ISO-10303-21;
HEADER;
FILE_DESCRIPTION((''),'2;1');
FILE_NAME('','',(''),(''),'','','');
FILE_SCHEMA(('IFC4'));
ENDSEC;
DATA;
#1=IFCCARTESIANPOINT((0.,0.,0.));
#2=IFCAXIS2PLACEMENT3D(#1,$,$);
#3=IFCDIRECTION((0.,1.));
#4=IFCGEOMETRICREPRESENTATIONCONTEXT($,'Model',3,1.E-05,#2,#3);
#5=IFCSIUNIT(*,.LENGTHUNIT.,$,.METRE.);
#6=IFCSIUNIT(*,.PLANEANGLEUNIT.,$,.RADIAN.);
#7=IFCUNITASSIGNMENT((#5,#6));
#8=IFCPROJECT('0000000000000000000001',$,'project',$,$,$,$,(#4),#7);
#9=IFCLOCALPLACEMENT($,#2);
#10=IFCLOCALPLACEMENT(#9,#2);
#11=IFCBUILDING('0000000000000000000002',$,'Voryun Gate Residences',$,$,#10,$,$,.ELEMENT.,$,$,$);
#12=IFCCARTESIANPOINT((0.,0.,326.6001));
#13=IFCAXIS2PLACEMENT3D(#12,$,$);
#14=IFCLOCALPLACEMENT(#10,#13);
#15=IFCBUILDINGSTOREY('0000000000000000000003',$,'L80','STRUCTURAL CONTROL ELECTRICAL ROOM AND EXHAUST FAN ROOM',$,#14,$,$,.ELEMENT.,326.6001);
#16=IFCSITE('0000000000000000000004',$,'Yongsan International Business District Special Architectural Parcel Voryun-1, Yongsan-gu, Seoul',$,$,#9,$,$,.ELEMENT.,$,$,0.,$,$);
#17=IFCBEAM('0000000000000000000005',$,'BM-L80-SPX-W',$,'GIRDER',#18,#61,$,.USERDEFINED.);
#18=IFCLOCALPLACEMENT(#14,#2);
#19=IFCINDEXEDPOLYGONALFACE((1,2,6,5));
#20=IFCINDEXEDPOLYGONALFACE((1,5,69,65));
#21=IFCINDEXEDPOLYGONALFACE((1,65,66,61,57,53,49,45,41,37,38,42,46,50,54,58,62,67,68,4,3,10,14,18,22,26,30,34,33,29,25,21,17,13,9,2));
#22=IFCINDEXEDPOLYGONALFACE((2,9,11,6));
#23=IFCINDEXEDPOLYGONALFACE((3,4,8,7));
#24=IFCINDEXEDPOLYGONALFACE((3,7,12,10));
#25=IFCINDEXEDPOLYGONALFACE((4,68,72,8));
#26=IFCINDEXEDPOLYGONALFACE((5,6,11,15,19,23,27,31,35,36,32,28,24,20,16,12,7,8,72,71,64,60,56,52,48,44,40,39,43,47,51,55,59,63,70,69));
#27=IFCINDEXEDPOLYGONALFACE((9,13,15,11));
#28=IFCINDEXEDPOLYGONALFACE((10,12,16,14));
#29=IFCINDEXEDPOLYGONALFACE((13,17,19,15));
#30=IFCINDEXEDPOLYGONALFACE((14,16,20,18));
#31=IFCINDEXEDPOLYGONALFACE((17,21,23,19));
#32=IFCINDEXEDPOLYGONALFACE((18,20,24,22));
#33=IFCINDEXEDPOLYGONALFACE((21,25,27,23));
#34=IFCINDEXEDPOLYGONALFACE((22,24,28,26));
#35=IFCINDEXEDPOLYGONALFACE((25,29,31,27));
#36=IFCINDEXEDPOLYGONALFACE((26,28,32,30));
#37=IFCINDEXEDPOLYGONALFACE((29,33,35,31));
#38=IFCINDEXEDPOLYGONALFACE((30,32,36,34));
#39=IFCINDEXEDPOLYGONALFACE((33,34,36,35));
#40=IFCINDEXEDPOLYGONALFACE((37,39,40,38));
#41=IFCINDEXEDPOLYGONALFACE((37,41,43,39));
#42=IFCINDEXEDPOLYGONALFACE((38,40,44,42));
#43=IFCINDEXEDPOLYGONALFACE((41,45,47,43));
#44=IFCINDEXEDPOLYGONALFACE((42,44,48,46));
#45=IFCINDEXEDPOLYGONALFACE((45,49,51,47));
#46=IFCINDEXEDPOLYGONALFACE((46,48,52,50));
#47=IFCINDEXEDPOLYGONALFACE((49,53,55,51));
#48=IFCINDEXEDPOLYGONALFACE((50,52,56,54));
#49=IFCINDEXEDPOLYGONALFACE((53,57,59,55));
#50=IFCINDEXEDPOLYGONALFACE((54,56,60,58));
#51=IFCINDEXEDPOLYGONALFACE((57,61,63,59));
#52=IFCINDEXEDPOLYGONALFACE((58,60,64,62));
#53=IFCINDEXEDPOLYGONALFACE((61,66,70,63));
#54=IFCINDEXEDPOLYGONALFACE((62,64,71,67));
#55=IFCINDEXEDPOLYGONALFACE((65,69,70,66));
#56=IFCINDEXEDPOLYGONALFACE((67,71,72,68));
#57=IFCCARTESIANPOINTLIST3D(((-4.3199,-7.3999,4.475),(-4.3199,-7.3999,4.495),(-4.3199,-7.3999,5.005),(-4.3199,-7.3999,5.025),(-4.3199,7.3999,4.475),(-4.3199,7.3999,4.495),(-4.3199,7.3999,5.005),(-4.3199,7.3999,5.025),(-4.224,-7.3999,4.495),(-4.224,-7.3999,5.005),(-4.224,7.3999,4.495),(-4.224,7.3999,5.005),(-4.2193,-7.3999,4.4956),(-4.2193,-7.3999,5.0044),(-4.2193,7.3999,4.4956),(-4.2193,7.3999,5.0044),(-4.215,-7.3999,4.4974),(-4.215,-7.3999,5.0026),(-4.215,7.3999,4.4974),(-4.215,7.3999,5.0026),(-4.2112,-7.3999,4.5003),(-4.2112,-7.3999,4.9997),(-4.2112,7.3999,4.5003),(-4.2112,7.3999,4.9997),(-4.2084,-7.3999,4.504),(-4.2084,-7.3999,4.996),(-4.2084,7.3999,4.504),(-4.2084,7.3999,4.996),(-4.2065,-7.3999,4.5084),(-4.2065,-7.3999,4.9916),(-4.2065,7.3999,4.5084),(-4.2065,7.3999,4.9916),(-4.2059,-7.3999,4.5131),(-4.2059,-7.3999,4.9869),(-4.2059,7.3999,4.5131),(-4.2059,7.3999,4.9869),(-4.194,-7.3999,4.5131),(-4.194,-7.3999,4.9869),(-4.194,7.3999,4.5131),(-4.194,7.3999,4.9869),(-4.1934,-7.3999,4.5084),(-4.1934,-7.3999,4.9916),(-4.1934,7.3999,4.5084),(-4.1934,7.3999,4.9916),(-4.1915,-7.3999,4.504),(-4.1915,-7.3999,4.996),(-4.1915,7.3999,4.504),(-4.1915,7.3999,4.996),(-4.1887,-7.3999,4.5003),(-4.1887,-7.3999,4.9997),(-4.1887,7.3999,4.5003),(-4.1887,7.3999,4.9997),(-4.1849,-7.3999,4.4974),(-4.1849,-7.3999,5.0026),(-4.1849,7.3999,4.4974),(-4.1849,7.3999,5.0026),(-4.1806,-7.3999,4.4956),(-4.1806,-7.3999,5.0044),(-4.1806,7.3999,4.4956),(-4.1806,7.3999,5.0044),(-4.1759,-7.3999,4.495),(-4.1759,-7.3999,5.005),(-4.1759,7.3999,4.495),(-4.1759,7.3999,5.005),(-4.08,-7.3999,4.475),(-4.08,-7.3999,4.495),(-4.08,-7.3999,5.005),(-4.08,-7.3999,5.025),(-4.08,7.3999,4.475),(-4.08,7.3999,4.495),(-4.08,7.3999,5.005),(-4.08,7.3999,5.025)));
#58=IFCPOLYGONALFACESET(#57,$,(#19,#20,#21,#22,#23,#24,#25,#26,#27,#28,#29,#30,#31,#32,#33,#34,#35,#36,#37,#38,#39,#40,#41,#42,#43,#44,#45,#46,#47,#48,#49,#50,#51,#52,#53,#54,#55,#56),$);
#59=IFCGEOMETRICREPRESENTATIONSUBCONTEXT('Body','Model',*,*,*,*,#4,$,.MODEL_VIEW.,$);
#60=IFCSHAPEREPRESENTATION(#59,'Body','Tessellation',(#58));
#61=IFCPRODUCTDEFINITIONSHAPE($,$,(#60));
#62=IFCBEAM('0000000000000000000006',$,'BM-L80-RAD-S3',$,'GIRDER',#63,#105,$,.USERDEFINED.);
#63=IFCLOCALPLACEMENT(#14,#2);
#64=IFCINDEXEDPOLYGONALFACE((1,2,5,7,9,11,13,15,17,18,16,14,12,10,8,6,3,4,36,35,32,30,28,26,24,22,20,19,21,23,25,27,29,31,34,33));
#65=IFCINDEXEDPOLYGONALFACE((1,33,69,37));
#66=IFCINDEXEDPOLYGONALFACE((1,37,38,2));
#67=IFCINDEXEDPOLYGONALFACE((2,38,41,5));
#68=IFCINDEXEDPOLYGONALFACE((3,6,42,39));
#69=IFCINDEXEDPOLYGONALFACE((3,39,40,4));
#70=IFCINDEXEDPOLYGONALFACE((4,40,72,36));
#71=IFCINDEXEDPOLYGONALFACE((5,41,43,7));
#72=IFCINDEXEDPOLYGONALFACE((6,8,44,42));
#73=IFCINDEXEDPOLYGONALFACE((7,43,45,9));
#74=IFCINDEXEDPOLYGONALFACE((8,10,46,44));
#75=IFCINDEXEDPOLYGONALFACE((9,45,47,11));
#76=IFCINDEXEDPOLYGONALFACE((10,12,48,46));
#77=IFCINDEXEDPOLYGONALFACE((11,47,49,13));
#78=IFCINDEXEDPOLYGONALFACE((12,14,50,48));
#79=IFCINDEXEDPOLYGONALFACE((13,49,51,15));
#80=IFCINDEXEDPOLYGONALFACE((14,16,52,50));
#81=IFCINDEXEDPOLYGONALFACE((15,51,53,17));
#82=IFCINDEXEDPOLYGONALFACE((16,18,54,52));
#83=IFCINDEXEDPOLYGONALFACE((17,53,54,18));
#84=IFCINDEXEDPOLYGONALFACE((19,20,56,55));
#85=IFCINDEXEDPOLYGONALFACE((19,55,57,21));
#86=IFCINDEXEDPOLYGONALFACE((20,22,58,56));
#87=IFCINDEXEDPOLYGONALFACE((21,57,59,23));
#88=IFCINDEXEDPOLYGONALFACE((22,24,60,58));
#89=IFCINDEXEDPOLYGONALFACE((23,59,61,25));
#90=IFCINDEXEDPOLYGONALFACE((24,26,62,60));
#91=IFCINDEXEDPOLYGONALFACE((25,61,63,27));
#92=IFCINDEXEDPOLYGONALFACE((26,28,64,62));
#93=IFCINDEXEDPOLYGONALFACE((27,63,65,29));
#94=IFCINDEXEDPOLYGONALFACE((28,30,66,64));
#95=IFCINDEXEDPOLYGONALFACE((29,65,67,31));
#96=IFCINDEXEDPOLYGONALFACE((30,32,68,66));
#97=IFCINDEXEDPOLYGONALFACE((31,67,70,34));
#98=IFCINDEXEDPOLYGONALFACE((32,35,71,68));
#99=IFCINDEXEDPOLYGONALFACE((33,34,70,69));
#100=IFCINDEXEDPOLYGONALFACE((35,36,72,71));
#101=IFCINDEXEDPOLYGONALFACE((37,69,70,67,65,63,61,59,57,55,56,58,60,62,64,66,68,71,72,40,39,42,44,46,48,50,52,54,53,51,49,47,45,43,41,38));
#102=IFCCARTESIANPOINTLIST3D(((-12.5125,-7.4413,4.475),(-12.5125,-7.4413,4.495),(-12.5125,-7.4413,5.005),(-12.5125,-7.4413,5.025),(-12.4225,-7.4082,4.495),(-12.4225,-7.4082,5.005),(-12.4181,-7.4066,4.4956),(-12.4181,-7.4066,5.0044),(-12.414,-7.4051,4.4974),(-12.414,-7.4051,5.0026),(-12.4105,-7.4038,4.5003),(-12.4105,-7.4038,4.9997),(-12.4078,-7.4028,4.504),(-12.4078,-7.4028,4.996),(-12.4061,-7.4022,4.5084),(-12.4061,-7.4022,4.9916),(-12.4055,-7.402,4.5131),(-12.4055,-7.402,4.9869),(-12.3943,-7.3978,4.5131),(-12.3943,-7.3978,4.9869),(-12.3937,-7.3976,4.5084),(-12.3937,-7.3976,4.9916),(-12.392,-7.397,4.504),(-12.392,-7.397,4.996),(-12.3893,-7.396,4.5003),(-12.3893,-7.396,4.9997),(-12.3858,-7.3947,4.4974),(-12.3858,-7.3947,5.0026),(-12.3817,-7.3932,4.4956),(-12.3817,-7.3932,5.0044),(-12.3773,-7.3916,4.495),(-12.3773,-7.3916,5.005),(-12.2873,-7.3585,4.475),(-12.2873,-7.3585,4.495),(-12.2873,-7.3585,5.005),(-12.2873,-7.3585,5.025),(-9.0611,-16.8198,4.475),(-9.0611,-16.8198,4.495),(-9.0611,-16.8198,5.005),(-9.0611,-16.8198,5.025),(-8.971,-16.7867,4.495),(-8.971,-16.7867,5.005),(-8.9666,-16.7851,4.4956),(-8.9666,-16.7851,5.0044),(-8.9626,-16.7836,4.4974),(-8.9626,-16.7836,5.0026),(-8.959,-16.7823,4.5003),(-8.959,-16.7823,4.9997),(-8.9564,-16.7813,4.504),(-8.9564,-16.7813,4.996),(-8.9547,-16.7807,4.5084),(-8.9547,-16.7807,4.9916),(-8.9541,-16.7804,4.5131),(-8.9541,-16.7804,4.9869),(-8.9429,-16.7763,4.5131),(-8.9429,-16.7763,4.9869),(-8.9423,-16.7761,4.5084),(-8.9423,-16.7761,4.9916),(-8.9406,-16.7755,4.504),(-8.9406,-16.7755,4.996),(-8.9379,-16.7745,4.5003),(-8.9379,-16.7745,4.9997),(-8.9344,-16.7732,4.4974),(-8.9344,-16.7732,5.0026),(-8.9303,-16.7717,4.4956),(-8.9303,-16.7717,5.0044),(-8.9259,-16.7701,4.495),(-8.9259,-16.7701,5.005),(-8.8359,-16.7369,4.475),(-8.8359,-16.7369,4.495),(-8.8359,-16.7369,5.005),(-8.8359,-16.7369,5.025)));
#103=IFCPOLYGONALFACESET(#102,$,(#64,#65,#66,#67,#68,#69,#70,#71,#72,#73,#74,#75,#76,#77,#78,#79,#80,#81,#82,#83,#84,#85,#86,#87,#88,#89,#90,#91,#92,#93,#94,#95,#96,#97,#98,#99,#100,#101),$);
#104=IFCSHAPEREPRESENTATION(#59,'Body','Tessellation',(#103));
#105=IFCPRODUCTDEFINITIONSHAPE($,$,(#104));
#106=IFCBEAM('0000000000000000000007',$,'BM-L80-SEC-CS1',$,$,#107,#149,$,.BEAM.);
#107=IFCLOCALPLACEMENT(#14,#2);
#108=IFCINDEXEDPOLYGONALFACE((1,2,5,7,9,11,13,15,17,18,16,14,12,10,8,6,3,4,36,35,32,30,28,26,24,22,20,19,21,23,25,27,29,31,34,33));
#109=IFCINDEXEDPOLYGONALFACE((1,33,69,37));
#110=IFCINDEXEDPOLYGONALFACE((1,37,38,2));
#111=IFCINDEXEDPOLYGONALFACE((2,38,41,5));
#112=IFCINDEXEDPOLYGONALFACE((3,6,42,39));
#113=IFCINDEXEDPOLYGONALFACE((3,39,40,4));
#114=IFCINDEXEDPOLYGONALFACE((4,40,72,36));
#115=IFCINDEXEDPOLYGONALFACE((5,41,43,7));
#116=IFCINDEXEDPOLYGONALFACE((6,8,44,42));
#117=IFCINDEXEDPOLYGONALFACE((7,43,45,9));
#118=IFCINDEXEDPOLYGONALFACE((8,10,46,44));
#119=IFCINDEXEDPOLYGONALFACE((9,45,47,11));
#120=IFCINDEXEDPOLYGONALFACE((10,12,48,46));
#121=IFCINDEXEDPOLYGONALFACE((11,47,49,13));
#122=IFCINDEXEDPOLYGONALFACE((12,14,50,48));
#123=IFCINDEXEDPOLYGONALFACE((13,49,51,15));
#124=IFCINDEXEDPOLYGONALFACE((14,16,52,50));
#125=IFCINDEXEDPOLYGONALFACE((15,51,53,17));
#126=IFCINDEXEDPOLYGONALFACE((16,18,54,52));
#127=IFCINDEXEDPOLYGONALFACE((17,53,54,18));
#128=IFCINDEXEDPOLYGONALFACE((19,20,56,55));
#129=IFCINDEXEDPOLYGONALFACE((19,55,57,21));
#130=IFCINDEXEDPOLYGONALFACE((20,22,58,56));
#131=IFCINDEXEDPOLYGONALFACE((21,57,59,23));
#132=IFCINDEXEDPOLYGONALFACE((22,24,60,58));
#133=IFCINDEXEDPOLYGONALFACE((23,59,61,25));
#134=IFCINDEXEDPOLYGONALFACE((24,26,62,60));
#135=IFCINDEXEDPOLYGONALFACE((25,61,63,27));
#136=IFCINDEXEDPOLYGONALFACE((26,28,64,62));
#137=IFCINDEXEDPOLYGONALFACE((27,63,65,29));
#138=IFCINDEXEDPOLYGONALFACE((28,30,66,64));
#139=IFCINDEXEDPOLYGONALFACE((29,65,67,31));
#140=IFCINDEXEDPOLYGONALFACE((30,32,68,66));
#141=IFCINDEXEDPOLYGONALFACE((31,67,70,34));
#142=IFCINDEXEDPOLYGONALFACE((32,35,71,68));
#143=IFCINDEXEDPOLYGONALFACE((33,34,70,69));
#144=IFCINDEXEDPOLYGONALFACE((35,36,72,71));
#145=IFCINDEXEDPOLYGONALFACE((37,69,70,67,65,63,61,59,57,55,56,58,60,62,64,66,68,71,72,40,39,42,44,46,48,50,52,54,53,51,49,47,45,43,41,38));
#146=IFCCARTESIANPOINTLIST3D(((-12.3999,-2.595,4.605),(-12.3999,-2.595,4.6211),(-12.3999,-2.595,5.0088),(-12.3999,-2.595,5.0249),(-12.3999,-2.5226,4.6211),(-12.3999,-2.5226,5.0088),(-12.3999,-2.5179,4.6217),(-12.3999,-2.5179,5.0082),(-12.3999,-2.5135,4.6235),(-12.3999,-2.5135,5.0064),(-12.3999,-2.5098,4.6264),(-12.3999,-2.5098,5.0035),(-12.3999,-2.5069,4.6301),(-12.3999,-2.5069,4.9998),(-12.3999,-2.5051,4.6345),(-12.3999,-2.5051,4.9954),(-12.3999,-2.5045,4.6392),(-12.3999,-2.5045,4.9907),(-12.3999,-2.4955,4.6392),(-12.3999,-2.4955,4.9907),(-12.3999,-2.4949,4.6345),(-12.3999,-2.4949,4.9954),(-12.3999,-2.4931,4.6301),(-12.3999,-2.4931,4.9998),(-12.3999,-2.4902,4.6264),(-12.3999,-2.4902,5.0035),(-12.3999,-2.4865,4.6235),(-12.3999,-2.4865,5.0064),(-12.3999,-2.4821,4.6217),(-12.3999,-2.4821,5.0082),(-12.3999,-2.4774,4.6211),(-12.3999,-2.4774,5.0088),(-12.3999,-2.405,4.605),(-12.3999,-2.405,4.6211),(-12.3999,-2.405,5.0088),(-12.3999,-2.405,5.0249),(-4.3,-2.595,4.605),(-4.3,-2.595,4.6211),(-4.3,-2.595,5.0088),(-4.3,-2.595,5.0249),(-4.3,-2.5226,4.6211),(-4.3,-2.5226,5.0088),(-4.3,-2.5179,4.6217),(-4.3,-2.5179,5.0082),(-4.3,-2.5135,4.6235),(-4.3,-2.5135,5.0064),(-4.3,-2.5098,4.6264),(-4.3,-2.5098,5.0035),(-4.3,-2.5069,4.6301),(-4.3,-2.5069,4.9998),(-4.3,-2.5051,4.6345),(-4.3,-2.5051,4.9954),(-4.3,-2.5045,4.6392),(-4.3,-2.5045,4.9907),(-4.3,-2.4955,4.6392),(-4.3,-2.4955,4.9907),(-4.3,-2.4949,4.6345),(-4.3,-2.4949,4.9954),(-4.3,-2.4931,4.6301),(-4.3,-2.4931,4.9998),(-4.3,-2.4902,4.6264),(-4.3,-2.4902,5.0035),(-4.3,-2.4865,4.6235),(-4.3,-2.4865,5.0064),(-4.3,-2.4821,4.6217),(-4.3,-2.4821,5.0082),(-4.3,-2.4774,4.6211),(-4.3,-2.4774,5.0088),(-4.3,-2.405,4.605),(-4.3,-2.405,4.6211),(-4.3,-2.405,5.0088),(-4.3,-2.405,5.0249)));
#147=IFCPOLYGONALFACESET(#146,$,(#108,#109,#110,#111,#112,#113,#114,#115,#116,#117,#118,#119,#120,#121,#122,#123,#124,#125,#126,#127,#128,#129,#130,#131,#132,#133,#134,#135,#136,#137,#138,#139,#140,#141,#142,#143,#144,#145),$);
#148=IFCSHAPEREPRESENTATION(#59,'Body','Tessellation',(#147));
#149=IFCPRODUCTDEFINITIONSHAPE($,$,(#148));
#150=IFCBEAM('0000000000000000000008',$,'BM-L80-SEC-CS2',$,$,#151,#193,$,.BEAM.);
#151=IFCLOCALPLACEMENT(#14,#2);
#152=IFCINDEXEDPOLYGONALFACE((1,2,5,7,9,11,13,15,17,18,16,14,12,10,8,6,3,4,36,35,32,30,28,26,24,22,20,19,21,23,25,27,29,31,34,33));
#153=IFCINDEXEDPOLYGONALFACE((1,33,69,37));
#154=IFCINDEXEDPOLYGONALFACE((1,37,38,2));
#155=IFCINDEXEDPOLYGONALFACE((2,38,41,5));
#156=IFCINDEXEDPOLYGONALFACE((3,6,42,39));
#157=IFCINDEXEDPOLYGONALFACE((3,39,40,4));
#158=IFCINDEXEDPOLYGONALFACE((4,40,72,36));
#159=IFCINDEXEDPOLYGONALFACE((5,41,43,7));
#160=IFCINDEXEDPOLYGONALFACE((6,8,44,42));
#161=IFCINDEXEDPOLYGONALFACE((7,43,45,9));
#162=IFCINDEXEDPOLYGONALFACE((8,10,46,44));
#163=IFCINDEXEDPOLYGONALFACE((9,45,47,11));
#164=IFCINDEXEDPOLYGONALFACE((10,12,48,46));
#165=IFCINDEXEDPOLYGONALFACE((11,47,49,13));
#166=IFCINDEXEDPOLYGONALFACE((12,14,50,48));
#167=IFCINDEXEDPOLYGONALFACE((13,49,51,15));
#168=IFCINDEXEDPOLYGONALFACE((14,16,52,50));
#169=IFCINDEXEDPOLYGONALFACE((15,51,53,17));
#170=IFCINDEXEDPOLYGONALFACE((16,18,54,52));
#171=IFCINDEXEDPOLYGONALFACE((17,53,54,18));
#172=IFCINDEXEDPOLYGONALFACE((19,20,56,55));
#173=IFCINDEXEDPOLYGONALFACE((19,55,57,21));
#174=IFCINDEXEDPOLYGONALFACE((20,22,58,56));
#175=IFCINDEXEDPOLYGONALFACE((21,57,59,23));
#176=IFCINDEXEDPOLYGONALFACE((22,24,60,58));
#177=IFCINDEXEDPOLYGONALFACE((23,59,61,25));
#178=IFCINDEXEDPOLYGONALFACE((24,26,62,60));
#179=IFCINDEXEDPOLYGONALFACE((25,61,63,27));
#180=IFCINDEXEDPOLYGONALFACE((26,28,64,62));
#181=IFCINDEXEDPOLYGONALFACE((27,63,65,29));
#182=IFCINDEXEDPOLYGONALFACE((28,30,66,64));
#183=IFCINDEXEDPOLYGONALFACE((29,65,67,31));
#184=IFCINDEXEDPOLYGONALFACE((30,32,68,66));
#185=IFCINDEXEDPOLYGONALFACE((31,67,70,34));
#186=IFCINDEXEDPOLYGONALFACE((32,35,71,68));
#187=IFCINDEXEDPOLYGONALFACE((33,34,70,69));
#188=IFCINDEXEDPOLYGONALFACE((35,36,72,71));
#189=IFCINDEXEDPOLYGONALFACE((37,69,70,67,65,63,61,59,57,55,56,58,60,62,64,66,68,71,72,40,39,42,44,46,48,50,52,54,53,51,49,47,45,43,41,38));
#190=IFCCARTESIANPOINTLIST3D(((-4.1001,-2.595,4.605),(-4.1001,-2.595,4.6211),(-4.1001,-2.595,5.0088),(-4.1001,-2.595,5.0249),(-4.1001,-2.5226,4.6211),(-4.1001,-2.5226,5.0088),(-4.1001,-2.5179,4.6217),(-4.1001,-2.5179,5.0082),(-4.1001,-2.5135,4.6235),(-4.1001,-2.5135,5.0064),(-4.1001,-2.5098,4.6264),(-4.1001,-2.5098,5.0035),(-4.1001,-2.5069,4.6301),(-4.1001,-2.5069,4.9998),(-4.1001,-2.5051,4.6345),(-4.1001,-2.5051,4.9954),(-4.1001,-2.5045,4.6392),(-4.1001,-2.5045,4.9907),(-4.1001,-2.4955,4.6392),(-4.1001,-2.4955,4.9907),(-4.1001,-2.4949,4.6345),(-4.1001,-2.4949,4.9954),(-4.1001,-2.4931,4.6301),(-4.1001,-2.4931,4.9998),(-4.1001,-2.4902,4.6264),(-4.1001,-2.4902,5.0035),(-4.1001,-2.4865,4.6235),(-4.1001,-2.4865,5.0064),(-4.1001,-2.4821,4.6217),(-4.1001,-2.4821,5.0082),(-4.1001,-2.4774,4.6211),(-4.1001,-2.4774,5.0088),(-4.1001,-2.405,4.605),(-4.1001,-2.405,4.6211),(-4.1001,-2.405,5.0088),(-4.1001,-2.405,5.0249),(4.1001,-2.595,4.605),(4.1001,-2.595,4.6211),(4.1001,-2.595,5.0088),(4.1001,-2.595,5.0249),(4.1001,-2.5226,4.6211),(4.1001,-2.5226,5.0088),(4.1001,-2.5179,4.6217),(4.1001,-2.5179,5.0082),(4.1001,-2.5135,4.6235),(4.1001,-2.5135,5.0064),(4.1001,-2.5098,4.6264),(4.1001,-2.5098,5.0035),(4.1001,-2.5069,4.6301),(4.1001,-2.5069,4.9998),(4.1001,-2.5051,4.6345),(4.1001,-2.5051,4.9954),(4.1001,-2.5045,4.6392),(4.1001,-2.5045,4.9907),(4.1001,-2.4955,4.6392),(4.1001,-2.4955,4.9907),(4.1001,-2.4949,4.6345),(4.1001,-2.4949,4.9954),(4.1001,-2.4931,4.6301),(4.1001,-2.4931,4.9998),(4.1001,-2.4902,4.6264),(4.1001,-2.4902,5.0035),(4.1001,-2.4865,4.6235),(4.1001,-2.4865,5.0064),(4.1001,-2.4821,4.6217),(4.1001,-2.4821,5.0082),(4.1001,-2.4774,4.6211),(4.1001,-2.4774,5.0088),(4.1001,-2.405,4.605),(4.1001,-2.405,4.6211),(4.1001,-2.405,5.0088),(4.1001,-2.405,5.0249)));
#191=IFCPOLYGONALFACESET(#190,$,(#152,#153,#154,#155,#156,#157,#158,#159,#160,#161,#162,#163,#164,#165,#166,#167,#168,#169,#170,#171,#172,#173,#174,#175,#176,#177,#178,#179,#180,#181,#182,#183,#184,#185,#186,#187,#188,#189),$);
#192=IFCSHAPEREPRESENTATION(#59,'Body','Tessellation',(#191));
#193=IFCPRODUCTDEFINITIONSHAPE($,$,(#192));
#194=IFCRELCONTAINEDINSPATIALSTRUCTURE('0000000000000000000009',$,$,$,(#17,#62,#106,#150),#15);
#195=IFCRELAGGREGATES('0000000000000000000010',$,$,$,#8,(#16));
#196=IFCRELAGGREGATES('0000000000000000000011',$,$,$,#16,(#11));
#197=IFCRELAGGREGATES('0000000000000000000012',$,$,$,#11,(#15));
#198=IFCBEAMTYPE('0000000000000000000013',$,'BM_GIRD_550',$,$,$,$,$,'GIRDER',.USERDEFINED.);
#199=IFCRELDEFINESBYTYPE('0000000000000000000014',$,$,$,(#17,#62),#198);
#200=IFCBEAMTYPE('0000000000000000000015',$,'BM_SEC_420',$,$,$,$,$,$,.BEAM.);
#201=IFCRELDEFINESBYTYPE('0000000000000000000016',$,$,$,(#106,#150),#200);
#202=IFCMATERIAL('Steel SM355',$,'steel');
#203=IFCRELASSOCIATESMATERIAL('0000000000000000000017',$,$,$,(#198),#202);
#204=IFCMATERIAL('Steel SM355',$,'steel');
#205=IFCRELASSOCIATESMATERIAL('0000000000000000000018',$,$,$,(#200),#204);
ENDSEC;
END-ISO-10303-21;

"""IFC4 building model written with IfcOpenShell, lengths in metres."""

from ifc_helpers import new_model, si_unit, direction, frame, origin, origin_2d, place, context, subcontext, project, spatial, i_section, extrude, material, material_profile, profile_set, type_object, element, save


model = new_model("IFC4")

# Units and contexts
model_context = context("Model", 3, precision=1e-05, world=origin(), true_north=direction((0.0, 1.0)))
body_context = subcontext(model_context, "Body", "Model", "MODEL_VIEW")
ifc_project = project(units=[si_unit("LENGTHUNIT", "METRE"), si_unit("PLANEANGLEUNIT", "RADIAN")], contexts=[model_context])

# Site, building, storey
site_placement = place(None, origin())
site = spatial("IfcSite", under=ifc_project, at=site_placement, Name="Yongsan International Business District Special Architectural Parcel Voryun-1, Yongsan-gu, Seoul", CompositionType="ELEMENT", RefElevation=0.0)
building_placement = place(site_placement, origin())
building = spatial("IfcBuilding", under=site, at=building_placement, Name="Voryun Gate Residences", CompositionType="ELEMENT")
storey_placement = place(building_placement, frame((0.0, 0.0, 326.6001)))
storey = spatial("IfcBuildingStorey", under=building, at=storey_placement, Name="L80", Description="STRUCTURAL CONTROL ELECTRICAL ROOM AND EXHAUST FAN ROOM", CompositionType="ELEMENT", Elevation=326.6001)

# Beams
ifc_material_1 = material(Name="Steel SM355", Category="steel")
ifc_material_profile_1 = material_profile(ifc_material_1, i_section(OverallWidth=0.24, OverallDepth=0.55, WebThickness=0.012, FlangeThickness=0.02, FilletRadius=0.0181, at=origin_2d()), Name="H-550x240x12x20")
ifc_profile_set_1 = profile_set([ifc_material_profile_1], Name="Steel SM355")
beam_type_1 = type_object("IfcBeamType", Name="BM_GIRD_550", ElementType="GIRDER", PredefinedType="USERDEFINED", material=ifc_profile_set_1)
beam_1_placement = place(storey_placement, frame((-4.2, -7.3999, 4.75), z_axis=(0.0, 1.0, 0.0), x_axis=(-1.0, 0.0, 0.0)))
element("IfcBeam", 1, at=beam_1_placement, inside=storey, type_object=beam_type_1, Name="BM-L80-SPX-W", ObjectType="GIRDER", PredefinedType="USERDEFINED", context=body_context, shape_type="SweptSolid", body=[
    extrude(i_section(OverallWidth=0.24, OverallDepth=0.55, WebThickness=0.012, FlangeThickness=0.02, FilletRadius=0.0181, at=origin_2d()), origin(), (0.0, 0.0, 1.0), 14.7998),
])
beam_2_placement = place(storey_placement, frame((-12.3999, -7.3999, 4.75), z_axis=(0.345371, -0.938466, 0.0), x_axis=(0.938466, 0.345371, 0.0)))
element("IfcBeam", 2, at=beam_2_placement, inside=storey, type_object=beam_type_1, Name="BM-L80-RAD-S3", ObjectType="GIRDER", PredefinedType="USERDEFINED", context=body_context, shape_type="SweptSolid", body=[
    extrude(i_section(OverallWidth=0.24, OverallDepth=0.55, WebThickness=0.012, FlangeThickness=0.02, FilletRadius=0.0181, at=origin_2d()), origin(), (0.0, 0.0, 1.0), 9.9934),
])
ifc_material_2 = material(Name="Steel SM355", Category="steel")
ifc_material_profile_2 = material_profile(ifc_material_2, i_section(OverallWidth=0.1899, OverallDepth=0.4199, WebThickness=0.009, FlangeThickness=0.0161, FilletRadius=0.0181, at=origin_2d()), Name="H-420x190x9x16")
ifc_profile_set_2 = profile_set([ifc_material_profile_2], Name="Steel SM355")
beam_type_2 = type_object("IfcBeamType", Name="BM_SEC_420", PredefinedType="BEAM", material=ifc_profile_set_2)
beam_3_placement = place(storey_placement, frame((-12.3999, -2.5, 4.8149), z_axis=(1.0, 0.0, 0.0), x_axis=(0.0, 1.0, 0.0)))
element("IfcBeam", 3, at=beam_3_placement, inside=storey, type_object=beam_type_2, Name="BM-L80-SEC-CS1", PredefinedType="BEAM", context=body_context, shape_type="SweptSolid", body=[
    extrude(i_section(OverallWidth=0.1899, OverallDepth=0.4199, WebThickness=0.009, FlangeThickness=0.0161, FilletRadius=0.0181, at=origin_2d()), origin(), (0.0, 0.0, 1.0), 8.0999),
])
beam_4_placement = place(storey_placement, frame((-4.1001, -2.5, 4.8149), z_axis=(1.0, 0.0, 0.0), x_axis=(0.0, 1.0, 0.0)))
element("IfcBeam", 4, at=beam_4_placement, inside=storey, type_object=beam_type_2, Name="BM-L80-SEC-CS2", PredefinedType="BEAM", context=body_context, shape_type="SweptSolid", body=[
    extrude(i_section(OverallWidth=0.1899, OverallDepth=0.4199, WebThickness=0.009, FlangeThickness=0.0161, FilletRadius=0.0181, at=origin_2d()), origin(), (0.0, 0.0, 1.0), 8.2002),
])

save(model, "model.ifc")
